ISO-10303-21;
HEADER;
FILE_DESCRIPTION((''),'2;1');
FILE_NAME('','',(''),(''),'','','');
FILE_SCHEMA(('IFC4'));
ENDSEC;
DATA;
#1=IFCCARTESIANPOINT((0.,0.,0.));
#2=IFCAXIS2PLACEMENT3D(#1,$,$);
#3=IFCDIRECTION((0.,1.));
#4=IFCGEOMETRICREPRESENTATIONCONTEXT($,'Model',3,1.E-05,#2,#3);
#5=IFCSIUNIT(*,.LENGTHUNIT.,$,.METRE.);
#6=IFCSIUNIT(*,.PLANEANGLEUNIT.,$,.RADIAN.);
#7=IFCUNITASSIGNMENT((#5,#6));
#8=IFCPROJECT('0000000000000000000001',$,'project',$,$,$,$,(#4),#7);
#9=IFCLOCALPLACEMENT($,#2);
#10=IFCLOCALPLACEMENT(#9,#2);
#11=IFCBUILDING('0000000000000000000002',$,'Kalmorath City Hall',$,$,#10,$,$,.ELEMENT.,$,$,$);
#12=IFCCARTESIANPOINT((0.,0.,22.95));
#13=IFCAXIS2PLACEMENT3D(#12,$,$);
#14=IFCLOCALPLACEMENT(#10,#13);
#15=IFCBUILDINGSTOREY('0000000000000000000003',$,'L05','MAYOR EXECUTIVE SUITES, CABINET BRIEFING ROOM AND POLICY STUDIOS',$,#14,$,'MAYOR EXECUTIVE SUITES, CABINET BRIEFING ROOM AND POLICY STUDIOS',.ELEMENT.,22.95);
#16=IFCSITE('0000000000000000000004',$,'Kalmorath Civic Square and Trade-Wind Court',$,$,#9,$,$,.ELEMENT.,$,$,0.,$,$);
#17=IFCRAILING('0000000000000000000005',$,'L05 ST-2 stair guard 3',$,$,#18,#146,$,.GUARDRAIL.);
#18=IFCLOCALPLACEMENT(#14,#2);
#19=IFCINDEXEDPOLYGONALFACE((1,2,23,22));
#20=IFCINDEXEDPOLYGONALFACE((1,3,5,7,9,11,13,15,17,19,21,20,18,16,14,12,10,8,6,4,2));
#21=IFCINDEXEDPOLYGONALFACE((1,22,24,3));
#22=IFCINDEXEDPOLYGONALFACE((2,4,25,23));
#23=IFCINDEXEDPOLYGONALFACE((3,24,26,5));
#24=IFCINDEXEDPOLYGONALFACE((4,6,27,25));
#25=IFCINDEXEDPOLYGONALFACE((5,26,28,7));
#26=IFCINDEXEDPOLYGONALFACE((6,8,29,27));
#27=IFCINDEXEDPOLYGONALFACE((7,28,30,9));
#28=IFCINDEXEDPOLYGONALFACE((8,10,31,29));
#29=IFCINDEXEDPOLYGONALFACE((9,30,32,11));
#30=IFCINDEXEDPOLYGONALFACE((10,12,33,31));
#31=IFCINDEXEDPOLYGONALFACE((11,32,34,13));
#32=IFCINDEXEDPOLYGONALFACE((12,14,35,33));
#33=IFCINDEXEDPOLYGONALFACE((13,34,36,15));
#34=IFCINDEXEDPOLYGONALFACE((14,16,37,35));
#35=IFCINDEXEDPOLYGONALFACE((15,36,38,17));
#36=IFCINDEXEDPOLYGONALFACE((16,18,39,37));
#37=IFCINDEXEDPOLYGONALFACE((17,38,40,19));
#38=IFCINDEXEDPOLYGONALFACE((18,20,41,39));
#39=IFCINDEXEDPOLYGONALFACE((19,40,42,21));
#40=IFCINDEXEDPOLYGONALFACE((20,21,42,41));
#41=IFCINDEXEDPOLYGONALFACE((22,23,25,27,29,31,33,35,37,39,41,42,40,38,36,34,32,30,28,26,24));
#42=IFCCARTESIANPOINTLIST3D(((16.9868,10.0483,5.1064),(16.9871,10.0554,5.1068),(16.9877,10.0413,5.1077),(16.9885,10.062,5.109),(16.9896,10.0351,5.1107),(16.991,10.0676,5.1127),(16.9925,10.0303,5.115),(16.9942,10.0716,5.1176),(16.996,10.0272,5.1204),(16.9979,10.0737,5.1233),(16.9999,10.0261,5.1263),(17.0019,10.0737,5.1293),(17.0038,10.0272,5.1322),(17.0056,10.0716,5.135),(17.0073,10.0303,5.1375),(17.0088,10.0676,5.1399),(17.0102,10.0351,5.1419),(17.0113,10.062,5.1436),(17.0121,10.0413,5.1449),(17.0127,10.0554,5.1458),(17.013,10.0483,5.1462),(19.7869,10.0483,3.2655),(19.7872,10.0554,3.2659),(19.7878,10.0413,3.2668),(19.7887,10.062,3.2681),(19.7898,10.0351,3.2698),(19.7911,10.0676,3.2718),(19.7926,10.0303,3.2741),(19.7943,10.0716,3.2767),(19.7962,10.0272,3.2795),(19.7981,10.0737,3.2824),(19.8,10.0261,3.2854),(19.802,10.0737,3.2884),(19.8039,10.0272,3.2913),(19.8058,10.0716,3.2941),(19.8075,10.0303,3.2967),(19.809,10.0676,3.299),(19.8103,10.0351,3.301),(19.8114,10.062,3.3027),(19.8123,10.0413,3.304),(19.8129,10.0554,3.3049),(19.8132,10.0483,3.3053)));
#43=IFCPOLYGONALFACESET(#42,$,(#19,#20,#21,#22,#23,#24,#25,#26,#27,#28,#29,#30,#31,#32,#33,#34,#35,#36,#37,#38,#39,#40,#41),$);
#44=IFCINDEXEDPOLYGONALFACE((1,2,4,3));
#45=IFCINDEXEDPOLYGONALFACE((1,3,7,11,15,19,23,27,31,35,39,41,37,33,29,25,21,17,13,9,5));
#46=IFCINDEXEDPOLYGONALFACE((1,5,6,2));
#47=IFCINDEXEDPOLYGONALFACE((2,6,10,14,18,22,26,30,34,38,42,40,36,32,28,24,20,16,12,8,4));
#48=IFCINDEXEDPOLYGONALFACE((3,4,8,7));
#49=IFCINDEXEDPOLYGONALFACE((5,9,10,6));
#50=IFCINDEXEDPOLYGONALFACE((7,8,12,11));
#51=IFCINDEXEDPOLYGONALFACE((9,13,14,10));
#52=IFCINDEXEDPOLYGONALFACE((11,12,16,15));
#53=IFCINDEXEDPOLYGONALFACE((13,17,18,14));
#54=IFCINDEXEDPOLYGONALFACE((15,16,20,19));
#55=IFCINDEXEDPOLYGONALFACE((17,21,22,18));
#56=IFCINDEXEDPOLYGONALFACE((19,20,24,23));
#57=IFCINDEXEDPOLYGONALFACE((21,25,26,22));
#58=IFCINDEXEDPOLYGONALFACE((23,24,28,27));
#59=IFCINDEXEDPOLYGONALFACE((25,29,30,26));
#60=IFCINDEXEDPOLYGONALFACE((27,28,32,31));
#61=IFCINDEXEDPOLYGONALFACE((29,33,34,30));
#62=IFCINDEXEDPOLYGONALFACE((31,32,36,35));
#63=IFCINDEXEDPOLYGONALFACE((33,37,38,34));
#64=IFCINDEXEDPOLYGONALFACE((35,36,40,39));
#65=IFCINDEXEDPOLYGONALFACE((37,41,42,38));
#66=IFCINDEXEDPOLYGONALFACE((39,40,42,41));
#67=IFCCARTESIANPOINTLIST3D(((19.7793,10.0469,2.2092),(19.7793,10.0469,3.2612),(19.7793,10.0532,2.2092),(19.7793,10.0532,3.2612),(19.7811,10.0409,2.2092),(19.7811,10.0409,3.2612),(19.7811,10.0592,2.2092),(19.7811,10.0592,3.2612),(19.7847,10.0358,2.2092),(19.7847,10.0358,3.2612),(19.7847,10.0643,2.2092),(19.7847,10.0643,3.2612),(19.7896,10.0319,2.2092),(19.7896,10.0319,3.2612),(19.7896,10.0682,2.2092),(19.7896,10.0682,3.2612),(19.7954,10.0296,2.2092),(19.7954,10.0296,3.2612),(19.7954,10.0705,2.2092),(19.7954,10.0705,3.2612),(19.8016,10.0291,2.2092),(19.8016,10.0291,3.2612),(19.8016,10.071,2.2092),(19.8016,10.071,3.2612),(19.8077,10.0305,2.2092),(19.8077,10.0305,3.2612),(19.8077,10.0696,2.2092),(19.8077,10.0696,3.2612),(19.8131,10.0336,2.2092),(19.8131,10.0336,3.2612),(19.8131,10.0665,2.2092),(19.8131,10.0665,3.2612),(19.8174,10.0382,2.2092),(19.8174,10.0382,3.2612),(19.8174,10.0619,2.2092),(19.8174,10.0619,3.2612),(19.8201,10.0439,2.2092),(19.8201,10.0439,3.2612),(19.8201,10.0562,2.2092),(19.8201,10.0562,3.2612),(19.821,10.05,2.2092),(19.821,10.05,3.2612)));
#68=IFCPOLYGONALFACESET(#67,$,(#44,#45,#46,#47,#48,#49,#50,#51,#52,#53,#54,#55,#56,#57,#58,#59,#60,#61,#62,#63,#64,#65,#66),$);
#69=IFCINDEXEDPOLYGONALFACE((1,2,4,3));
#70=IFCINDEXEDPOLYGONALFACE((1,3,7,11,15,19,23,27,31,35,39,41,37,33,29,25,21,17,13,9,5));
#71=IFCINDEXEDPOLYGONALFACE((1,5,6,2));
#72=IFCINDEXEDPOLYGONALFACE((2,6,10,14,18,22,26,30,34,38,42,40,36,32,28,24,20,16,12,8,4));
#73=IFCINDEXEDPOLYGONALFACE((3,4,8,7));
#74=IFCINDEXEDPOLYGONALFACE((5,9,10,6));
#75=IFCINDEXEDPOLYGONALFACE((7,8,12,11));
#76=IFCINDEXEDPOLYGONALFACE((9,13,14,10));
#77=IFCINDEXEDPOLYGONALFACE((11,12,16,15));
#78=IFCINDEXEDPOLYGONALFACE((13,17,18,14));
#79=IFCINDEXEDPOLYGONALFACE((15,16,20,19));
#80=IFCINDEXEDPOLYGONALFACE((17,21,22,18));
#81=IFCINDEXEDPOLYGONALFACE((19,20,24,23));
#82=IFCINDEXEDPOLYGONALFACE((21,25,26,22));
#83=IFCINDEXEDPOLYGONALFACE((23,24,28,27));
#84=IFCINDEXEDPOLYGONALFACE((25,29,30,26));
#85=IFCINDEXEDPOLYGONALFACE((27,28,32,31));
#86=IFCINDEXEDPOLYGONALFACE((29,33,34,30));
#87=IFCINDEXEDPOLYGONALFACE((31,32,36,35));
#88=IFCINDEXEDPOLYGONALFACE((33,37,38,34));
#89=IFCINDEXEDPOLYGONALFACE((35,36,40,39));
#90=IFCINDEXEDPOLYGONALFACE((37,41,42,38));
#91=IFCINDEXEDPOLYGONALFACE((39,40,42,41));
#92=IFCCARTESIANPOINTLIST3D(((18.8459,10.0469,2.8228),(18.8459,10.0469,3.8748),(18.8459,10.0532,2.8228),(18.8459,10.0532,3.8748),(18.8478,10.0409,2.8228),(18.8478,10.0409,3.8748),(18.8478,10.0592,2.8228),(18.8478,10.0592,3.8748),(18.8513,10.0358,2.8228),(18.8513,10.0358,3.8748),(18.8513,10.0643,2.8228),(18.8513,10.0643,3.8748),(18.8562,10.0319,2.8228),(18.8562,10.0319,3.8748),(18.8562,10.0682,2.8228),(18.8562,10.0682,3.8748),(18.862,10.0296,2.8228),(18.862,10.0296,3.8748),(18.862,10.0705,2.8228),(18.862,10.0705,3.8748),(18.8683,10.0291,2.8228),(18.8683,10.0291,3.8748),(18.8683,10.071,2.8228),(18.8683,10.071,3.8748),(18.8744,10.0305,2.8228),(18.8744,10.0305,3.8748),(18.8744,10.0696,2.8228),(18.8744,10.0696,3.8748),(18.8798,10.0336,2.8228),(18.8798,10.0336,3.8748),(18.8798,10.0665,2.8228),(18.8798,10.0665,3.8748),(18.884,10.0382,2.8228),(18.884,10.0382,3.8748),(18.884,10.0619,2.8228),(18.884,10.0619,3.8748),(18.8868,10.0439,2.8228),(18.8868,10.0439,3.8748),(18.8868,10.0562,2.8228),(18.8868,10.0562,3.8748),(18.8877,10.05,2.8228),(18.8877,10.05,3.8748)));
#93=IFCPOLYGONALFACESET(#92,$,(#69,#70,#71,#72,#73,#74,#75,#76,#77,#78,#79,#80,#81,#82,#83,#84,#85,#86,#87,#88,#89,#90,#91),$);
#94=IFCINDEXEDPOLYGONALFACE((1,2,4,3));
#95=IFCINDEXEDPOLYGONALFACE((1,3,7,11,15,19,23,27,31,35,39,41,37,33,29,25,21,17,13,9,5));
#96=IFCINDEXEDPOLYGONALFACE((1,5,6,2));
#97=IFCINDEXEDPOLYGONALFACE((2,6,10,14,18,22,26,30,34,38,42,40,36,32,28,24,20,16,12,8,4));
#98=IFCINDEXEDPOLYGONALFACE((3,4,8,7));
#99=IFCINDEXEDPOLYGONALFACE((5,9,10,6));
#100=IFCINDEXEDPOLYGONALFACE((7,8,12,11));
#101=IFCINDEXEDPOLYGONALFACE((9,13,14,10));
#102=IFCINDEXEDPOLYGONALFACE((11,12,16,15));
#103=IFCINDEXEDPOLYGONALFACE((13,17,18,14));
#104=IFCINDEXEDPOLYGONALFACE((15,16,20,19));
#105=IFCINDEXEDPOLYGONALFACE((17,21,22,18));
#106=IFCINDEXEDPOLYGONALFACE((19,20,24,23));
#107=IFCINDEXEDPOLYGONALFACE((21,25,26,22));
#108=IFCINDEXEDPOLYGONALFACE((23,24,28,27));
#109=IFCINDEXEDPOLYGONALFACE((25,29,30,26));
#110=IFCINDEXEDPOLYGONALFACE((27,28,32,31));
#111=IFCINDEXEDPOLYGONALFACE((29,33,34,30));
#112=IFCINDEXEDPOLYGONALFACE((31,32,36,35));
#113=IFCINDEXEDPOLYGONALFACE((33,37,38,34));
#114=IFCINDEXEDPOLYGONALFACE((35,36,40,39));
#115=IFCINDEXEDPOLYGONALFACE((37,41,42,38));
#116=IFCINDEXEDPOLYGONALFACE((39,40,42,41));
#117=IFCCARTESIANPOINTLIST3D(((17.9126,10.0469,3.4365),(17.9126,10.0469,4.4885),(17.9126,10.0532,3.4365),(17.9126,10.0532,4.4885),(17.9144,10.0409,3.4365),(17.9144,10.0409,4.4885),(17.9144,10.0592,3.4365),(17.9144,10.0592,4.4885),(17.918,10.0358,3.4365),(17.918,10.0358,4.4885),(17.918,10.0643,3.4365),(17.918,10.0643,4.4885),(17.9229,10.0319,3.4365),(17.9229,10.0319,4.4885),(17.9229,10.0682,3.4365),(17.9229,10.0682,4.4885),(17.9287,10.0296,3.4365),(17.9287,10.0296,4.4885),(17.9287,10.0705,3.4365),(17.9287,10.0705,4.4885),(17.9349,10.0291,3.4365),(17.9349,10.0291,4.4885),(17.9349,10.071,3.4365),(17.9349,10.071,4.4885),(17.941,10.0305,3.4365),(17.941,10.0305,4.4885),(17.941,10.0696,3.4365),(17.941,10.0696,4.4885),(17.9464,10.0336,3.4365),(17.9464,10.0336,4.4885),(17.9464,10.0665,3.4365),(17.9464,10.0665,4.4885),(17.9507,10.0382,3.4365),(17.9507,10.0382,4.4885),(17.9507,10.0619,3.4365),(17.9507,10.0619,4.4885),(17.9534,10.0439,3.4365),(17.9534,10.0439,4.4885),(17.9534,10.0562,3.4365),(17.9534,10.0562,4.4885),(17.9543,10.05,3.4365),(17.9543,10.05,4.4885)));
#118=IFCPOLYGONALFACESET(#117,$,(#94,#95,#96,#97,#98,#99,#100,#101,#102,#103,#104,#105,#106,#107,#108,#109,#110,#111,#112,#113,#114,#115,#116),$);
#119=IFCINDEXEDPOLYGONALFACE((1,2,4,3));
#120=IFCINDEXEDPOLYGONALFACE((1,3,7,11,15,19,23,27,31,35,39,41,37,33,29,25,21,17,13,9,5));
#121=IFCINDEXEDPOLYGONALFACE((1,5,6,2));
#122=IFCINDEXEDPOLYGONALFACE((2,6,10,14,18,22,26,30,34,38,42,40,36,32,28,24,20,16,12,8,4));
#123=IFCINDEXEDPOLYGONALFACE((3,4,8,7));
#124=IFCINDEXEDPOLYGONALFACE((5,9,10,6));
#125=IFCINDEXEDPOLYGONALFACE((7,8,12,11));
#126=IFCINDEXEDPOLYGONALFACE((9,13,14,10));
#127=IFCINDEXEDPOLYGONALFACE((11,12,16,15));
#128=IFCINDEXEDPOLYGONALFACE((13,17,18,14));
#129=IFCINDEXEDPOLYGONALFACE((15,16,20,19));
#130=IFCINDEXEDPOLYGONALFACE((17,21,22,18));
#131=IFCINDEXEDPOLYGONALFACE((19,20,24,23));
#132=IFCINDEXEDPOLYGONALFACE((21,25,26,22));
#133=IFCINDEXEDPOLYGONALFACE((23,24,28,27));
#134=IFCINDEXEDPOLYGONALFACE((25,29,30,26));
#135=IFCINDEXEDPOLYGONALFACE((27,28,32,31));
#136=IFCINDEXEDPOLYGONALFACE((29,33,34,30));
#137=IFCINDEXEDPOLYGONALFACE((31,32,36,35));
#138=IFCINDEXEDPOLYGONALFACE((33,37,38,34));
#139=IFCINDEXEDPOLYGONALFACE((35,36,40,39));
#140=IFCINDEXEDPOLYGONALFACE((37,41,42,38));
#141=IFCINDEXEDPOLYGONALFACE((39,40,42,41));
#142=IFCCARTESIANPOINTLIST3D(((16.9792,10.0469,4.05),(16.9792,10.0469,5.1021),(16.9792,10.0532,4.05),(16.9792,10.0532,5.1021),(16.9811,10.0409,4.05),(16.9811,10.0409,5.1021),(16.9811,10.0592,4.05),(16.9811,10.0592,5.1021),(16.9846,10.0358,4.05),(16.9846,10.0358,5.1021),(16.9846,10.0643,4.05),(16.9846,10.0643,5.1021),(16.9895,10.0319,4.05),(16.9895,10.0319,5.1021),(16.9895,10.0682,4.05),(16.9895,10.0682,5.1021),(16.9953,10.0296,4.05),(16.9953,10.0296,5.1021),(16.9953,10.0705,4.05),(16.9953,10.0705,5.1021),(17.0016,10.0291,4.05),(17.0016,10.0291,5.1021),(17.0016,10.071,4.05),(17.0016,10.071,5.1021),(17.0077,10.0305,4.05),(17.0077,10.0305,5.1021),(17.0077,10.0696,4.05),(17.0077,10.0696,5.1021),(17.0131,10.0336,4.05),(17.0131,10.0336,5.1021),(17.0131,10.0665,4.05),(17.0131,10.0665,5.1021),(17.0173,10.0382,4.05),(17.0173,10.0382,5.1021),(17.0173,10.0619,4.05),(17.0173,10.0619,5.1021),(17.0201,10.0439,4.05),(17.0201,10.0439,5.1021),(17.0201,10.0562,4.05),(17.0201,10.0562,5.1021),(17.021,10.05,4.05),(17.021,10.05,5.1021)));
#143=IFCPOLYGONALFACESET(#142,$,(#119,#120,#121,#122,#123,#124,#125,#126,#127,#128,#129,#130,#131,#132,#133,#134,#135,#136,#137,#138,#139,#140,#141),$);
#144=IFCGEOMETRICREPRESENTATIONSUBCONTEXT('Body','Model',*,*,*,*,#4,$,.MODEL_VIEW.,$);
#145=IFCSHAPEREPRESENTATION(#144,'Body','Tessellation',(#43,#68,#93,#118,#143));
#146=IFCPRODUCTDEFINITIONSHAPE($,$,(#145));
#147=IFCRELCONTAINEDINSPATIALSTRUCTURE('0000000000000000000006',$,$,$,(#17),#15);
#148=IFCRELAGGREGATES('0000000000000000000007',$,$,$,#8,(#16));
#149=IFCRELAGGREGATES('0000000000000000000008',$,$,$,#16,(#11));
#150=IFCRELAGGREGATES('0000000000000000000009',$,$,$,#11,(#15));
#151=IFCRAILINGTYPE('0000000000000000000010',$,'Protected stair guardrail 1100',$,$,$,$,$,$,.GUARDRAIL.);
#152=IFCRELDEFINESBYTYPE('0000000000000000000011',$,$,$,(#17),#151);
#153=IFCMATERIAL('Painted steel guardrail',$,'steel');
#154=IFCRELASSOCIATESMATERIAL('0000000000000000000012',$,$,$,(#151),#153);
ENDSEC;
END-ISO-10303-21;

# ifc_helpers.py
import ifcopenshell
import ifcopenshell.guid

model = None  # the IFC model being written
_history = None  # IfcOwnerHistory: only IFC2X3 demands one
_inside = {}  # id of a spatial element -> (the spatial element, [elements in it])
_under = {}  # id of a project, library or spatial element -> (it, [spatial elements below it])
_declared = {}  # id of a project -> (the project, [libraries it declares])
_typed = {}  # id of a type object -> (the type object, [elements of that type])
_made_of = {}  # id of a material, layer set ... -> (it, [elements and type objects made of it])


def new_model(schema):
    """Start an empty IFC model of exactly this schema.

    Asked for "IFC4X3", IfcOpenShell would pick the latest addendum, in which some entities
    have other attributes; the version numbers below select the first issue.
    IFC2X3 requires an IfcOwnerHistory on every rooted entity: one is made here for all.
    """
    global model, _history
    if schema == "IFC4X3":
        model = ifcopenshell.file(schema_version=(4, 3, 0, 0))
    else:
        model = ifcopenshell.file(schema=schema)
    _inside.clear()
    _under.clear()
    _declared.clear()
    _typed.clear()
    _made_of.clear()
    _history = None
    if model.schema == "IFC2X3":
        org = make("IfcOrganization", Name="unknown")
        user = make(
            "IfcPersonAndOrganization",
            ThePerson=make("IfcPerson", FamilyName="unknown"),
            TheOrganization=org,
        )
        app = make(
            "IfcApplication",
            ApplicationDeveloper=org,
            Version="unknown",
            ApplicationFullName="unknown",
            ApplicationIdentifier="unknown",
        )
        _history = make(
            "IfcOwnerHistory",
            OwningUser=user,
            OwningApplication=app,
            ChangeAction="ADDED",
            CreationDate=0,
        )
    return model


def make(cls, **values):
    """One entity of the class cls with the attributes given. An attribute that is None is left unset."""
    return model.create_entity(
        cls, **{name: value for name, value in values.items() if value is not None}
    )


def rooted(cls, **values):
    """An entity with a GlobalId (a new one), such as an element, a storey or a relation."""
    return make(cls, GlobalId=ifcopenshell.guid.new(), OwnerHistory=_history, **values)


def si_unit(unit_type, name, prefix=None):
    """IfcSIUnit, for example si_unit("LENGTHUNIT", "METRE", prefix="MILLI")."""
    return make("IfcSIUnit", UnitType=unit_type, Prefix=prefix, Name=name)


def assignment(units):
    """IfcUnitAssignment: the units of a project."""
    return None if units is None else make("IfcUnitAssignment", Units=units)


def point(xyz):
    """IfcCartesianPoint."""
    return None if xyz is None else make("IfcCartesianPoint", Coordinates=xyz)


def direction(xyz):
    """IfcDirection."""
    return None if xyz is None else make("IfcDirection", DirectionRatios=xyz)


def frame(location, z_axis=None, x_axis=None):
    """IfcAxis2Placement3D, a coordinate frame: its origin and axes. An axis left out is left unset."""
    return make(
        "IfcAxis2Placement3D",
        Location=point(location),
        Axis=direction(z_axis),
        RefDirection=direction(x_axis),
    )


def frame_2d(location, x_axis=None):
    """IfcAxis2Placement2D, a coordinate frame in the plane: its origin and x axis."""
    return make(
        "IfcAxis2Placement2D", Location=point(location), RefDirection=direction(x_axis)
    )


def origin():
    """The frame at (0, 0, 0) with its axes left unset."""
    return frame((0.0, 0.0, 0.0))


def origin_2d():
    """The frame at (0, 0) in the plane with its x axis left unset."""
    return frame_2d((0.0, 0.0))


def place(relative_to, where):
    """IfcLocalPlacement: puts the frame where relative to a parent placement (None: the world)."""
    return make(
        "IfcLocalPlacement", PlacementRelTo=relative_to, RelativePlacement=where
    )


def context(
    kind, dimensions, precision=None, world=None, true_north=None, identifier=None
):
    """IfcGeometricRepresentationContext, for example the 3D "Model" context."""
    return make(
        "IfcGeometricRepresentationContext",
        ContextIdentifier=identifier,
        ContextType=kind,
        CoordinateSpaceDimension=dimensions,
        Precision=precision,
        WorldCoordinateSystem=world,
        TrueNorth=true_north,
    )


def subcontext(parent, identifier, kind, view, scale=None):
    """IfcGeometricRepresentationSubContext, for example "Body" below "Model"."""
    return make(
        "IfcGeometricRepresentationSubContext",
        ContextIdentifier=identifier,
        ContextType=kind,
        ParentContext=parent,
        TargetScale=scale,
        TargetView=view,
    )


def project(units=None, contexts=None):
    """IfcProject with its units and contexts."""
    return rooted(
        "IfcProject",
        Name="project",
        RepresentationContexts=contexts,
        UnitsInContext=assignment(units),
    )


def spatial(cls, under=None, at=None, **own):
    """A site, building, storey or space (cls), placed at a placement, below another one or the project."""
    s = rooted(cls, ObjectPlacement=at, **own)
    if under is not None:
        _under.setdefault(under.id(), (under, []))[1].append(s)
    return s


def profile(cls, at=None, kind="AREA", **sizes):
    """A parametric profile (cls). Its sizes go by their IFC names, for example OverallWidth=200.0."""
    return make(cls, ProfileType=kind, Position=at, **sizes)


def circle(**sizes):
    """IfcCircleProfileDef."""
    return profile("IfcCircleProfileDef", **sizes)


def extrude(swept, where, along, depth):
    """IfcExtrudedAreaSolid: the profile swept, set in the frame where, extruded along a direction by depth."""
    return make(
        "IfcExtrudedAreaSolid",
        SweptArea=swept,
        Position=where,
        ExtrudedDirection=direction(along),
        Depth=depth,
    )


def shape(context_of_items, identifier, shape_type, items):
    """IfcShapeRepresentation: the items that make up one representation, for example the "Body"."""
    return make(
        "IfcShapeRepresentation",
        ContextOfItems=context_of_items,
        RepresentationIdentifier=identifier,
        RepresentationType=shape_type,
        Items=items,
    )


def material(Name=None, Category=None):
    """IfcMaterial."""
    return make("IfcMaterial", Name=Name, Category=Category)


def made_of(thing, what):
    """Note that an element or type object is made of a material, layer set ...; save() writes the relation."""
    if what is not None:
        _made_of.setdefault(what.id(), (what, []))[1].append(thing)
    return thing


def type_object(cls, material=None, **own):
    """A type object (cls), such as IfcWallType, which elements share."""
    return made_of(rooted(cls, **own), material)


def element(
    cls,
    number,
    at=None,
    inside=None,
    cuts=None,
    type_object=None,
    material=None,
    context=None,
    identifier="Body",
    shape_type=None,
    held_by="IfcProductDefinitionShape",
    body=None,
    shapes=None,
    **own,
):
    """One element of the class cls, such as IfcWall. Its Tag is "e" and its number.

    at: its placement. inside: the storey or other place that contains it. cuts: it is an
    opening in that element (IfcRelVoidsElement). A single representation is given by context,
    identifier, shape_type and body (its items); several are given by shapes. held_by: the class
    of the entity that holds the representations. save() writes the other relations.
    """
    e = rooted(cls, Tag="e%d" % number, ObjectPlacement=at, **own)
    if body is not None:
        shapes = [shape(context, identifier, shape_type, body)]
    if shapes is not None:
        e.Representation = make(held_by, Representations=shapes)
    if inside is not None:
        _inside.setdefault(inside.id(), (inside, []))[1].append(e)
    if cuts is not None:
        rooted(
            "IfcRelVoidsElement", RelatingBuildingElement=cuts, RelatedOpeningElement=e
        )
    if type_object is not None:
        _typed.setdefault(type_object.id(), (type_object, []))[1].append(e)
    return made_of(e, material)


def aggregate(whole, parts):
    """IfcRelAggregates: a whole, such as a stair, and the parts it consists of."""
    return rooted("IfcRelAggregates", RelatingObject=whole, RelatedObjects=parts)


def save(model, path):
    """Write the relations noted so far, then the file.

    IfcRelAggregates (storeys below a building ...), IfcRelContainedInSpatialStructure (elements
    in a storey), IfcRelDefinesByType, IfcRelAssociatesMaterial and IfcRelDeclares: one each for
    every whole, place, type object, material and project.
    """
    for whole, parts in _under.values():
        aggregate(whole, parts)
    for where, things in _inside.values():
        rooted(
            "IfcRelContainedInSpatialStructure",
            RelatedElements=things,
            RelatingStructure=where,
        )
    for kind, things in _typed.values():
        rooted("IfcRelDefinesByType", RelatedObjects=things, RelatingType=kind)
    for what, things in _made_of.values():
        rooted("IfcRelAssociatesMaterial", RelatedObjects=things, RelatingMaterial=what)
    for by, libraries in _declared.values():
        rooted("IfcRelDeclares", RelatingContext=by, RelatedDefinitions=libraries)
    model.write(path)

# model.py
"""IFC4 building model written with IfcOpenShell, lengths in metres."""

from ifc_helpers import new_model, si_unit, direction, frame, origin, origin_2d, place, context, subcontext, project, spatial, circle, extrude, material, type_object, element, save


model = new_model("IFC4")

# Units and contexts
model_context = context("Model", 3, precision=1e-05, world=origin(), true_north=direction((0.0, 1.0)))
body_context = subcontext(model_context, "Body", "Model", "MODEL_VIEW")
ifc_project = project(units=[si_unit("LENGTHUNIT", "METRE"), si_unit("PLANEANGLEUNIT", "RADIAN")], contexts=[model_context])

# Site, building, storey
site_placement = place(None, origin())
site = spatial("IfcSite", under=ifc_project, at=site_placement, Name="Kalmorath Civic Square and Trade-Wind Court", CompositionType="ELEMENT", RefElevation=0.0)
building_placement = place(site_placement, origin())
building = spatial("IfcBuilding", under=site, at=building_placement, Name="Kalmorath City Hall", CompositionType="ELEMENT")
storey_placement = place(building_placement, frame((0.0, 0.0, 22.95)))
storey = spatial("IfcBuildingStorey", under=building, at=storey_placement, Name="L05", Description="MAYOR EXECUTIVE SUITES, CABINET BRIEFING ROOM AND POLICY STUDIOS", LongName="MAYOR EXECUTIVE SUITES, CABINET BRIEFING ROOM AND POLICY STUDIOS", CompositionType="ELEMENT", Elevation=22.95)

# Railing
ifc_material_1 = material(Name="Painted steel guardrail", Category="steel")
railing_type_1 = type_object("IfcRailingType", Name="Protected stair guardrail 1100", PredefinedType="GUARDRAIL", material=ifc_material_1)
railing_1_placement = place(storey_placement, frame((19.8, 10.05, 2.2092)))
element("IfcRailing", 1, at=railing_1_placement, inside=storey, type_object=railing_type_1, Name="L05 ST-2 stair guard 3", PredefinedType="GUARDRAIL", context=body_context, shape_type="SweptSolid", body=[
    extrude(circle(Radius=0.0239, at=origin_2d()), frame((0.0, 0.0, 1.0762), z_axis=(-0.835598, 0.0, 0.549342), x_axis=(0.0, -1.0, 0.0)), (0.0, 0.0, 1.0), 3.3511),
    extrude(circle(Radius=0.021, at=origin_2d()), origin(), (0.0, 0.0, 1.0), 1.052),
    extrude(circle(Radius=0.021, at=origin_2d()), frame((-0.9333, 0.0, 0.6135)), (0.0, 0.0, 1.0), 1.052),
    extrude(circle(Radius=0.021, at=origin_2d()), frame((-1.8667, 0.0, 1.2273)), (0.0, 0.0, 1.0), 1.052),
    extrude(circle(Radius=0.021, at=origin_2d()), frame((-2.8, 0.0, 1.8408)), (0.0, 0.0, 1.0), 1.052),
])

save(model, "model.ifc")
